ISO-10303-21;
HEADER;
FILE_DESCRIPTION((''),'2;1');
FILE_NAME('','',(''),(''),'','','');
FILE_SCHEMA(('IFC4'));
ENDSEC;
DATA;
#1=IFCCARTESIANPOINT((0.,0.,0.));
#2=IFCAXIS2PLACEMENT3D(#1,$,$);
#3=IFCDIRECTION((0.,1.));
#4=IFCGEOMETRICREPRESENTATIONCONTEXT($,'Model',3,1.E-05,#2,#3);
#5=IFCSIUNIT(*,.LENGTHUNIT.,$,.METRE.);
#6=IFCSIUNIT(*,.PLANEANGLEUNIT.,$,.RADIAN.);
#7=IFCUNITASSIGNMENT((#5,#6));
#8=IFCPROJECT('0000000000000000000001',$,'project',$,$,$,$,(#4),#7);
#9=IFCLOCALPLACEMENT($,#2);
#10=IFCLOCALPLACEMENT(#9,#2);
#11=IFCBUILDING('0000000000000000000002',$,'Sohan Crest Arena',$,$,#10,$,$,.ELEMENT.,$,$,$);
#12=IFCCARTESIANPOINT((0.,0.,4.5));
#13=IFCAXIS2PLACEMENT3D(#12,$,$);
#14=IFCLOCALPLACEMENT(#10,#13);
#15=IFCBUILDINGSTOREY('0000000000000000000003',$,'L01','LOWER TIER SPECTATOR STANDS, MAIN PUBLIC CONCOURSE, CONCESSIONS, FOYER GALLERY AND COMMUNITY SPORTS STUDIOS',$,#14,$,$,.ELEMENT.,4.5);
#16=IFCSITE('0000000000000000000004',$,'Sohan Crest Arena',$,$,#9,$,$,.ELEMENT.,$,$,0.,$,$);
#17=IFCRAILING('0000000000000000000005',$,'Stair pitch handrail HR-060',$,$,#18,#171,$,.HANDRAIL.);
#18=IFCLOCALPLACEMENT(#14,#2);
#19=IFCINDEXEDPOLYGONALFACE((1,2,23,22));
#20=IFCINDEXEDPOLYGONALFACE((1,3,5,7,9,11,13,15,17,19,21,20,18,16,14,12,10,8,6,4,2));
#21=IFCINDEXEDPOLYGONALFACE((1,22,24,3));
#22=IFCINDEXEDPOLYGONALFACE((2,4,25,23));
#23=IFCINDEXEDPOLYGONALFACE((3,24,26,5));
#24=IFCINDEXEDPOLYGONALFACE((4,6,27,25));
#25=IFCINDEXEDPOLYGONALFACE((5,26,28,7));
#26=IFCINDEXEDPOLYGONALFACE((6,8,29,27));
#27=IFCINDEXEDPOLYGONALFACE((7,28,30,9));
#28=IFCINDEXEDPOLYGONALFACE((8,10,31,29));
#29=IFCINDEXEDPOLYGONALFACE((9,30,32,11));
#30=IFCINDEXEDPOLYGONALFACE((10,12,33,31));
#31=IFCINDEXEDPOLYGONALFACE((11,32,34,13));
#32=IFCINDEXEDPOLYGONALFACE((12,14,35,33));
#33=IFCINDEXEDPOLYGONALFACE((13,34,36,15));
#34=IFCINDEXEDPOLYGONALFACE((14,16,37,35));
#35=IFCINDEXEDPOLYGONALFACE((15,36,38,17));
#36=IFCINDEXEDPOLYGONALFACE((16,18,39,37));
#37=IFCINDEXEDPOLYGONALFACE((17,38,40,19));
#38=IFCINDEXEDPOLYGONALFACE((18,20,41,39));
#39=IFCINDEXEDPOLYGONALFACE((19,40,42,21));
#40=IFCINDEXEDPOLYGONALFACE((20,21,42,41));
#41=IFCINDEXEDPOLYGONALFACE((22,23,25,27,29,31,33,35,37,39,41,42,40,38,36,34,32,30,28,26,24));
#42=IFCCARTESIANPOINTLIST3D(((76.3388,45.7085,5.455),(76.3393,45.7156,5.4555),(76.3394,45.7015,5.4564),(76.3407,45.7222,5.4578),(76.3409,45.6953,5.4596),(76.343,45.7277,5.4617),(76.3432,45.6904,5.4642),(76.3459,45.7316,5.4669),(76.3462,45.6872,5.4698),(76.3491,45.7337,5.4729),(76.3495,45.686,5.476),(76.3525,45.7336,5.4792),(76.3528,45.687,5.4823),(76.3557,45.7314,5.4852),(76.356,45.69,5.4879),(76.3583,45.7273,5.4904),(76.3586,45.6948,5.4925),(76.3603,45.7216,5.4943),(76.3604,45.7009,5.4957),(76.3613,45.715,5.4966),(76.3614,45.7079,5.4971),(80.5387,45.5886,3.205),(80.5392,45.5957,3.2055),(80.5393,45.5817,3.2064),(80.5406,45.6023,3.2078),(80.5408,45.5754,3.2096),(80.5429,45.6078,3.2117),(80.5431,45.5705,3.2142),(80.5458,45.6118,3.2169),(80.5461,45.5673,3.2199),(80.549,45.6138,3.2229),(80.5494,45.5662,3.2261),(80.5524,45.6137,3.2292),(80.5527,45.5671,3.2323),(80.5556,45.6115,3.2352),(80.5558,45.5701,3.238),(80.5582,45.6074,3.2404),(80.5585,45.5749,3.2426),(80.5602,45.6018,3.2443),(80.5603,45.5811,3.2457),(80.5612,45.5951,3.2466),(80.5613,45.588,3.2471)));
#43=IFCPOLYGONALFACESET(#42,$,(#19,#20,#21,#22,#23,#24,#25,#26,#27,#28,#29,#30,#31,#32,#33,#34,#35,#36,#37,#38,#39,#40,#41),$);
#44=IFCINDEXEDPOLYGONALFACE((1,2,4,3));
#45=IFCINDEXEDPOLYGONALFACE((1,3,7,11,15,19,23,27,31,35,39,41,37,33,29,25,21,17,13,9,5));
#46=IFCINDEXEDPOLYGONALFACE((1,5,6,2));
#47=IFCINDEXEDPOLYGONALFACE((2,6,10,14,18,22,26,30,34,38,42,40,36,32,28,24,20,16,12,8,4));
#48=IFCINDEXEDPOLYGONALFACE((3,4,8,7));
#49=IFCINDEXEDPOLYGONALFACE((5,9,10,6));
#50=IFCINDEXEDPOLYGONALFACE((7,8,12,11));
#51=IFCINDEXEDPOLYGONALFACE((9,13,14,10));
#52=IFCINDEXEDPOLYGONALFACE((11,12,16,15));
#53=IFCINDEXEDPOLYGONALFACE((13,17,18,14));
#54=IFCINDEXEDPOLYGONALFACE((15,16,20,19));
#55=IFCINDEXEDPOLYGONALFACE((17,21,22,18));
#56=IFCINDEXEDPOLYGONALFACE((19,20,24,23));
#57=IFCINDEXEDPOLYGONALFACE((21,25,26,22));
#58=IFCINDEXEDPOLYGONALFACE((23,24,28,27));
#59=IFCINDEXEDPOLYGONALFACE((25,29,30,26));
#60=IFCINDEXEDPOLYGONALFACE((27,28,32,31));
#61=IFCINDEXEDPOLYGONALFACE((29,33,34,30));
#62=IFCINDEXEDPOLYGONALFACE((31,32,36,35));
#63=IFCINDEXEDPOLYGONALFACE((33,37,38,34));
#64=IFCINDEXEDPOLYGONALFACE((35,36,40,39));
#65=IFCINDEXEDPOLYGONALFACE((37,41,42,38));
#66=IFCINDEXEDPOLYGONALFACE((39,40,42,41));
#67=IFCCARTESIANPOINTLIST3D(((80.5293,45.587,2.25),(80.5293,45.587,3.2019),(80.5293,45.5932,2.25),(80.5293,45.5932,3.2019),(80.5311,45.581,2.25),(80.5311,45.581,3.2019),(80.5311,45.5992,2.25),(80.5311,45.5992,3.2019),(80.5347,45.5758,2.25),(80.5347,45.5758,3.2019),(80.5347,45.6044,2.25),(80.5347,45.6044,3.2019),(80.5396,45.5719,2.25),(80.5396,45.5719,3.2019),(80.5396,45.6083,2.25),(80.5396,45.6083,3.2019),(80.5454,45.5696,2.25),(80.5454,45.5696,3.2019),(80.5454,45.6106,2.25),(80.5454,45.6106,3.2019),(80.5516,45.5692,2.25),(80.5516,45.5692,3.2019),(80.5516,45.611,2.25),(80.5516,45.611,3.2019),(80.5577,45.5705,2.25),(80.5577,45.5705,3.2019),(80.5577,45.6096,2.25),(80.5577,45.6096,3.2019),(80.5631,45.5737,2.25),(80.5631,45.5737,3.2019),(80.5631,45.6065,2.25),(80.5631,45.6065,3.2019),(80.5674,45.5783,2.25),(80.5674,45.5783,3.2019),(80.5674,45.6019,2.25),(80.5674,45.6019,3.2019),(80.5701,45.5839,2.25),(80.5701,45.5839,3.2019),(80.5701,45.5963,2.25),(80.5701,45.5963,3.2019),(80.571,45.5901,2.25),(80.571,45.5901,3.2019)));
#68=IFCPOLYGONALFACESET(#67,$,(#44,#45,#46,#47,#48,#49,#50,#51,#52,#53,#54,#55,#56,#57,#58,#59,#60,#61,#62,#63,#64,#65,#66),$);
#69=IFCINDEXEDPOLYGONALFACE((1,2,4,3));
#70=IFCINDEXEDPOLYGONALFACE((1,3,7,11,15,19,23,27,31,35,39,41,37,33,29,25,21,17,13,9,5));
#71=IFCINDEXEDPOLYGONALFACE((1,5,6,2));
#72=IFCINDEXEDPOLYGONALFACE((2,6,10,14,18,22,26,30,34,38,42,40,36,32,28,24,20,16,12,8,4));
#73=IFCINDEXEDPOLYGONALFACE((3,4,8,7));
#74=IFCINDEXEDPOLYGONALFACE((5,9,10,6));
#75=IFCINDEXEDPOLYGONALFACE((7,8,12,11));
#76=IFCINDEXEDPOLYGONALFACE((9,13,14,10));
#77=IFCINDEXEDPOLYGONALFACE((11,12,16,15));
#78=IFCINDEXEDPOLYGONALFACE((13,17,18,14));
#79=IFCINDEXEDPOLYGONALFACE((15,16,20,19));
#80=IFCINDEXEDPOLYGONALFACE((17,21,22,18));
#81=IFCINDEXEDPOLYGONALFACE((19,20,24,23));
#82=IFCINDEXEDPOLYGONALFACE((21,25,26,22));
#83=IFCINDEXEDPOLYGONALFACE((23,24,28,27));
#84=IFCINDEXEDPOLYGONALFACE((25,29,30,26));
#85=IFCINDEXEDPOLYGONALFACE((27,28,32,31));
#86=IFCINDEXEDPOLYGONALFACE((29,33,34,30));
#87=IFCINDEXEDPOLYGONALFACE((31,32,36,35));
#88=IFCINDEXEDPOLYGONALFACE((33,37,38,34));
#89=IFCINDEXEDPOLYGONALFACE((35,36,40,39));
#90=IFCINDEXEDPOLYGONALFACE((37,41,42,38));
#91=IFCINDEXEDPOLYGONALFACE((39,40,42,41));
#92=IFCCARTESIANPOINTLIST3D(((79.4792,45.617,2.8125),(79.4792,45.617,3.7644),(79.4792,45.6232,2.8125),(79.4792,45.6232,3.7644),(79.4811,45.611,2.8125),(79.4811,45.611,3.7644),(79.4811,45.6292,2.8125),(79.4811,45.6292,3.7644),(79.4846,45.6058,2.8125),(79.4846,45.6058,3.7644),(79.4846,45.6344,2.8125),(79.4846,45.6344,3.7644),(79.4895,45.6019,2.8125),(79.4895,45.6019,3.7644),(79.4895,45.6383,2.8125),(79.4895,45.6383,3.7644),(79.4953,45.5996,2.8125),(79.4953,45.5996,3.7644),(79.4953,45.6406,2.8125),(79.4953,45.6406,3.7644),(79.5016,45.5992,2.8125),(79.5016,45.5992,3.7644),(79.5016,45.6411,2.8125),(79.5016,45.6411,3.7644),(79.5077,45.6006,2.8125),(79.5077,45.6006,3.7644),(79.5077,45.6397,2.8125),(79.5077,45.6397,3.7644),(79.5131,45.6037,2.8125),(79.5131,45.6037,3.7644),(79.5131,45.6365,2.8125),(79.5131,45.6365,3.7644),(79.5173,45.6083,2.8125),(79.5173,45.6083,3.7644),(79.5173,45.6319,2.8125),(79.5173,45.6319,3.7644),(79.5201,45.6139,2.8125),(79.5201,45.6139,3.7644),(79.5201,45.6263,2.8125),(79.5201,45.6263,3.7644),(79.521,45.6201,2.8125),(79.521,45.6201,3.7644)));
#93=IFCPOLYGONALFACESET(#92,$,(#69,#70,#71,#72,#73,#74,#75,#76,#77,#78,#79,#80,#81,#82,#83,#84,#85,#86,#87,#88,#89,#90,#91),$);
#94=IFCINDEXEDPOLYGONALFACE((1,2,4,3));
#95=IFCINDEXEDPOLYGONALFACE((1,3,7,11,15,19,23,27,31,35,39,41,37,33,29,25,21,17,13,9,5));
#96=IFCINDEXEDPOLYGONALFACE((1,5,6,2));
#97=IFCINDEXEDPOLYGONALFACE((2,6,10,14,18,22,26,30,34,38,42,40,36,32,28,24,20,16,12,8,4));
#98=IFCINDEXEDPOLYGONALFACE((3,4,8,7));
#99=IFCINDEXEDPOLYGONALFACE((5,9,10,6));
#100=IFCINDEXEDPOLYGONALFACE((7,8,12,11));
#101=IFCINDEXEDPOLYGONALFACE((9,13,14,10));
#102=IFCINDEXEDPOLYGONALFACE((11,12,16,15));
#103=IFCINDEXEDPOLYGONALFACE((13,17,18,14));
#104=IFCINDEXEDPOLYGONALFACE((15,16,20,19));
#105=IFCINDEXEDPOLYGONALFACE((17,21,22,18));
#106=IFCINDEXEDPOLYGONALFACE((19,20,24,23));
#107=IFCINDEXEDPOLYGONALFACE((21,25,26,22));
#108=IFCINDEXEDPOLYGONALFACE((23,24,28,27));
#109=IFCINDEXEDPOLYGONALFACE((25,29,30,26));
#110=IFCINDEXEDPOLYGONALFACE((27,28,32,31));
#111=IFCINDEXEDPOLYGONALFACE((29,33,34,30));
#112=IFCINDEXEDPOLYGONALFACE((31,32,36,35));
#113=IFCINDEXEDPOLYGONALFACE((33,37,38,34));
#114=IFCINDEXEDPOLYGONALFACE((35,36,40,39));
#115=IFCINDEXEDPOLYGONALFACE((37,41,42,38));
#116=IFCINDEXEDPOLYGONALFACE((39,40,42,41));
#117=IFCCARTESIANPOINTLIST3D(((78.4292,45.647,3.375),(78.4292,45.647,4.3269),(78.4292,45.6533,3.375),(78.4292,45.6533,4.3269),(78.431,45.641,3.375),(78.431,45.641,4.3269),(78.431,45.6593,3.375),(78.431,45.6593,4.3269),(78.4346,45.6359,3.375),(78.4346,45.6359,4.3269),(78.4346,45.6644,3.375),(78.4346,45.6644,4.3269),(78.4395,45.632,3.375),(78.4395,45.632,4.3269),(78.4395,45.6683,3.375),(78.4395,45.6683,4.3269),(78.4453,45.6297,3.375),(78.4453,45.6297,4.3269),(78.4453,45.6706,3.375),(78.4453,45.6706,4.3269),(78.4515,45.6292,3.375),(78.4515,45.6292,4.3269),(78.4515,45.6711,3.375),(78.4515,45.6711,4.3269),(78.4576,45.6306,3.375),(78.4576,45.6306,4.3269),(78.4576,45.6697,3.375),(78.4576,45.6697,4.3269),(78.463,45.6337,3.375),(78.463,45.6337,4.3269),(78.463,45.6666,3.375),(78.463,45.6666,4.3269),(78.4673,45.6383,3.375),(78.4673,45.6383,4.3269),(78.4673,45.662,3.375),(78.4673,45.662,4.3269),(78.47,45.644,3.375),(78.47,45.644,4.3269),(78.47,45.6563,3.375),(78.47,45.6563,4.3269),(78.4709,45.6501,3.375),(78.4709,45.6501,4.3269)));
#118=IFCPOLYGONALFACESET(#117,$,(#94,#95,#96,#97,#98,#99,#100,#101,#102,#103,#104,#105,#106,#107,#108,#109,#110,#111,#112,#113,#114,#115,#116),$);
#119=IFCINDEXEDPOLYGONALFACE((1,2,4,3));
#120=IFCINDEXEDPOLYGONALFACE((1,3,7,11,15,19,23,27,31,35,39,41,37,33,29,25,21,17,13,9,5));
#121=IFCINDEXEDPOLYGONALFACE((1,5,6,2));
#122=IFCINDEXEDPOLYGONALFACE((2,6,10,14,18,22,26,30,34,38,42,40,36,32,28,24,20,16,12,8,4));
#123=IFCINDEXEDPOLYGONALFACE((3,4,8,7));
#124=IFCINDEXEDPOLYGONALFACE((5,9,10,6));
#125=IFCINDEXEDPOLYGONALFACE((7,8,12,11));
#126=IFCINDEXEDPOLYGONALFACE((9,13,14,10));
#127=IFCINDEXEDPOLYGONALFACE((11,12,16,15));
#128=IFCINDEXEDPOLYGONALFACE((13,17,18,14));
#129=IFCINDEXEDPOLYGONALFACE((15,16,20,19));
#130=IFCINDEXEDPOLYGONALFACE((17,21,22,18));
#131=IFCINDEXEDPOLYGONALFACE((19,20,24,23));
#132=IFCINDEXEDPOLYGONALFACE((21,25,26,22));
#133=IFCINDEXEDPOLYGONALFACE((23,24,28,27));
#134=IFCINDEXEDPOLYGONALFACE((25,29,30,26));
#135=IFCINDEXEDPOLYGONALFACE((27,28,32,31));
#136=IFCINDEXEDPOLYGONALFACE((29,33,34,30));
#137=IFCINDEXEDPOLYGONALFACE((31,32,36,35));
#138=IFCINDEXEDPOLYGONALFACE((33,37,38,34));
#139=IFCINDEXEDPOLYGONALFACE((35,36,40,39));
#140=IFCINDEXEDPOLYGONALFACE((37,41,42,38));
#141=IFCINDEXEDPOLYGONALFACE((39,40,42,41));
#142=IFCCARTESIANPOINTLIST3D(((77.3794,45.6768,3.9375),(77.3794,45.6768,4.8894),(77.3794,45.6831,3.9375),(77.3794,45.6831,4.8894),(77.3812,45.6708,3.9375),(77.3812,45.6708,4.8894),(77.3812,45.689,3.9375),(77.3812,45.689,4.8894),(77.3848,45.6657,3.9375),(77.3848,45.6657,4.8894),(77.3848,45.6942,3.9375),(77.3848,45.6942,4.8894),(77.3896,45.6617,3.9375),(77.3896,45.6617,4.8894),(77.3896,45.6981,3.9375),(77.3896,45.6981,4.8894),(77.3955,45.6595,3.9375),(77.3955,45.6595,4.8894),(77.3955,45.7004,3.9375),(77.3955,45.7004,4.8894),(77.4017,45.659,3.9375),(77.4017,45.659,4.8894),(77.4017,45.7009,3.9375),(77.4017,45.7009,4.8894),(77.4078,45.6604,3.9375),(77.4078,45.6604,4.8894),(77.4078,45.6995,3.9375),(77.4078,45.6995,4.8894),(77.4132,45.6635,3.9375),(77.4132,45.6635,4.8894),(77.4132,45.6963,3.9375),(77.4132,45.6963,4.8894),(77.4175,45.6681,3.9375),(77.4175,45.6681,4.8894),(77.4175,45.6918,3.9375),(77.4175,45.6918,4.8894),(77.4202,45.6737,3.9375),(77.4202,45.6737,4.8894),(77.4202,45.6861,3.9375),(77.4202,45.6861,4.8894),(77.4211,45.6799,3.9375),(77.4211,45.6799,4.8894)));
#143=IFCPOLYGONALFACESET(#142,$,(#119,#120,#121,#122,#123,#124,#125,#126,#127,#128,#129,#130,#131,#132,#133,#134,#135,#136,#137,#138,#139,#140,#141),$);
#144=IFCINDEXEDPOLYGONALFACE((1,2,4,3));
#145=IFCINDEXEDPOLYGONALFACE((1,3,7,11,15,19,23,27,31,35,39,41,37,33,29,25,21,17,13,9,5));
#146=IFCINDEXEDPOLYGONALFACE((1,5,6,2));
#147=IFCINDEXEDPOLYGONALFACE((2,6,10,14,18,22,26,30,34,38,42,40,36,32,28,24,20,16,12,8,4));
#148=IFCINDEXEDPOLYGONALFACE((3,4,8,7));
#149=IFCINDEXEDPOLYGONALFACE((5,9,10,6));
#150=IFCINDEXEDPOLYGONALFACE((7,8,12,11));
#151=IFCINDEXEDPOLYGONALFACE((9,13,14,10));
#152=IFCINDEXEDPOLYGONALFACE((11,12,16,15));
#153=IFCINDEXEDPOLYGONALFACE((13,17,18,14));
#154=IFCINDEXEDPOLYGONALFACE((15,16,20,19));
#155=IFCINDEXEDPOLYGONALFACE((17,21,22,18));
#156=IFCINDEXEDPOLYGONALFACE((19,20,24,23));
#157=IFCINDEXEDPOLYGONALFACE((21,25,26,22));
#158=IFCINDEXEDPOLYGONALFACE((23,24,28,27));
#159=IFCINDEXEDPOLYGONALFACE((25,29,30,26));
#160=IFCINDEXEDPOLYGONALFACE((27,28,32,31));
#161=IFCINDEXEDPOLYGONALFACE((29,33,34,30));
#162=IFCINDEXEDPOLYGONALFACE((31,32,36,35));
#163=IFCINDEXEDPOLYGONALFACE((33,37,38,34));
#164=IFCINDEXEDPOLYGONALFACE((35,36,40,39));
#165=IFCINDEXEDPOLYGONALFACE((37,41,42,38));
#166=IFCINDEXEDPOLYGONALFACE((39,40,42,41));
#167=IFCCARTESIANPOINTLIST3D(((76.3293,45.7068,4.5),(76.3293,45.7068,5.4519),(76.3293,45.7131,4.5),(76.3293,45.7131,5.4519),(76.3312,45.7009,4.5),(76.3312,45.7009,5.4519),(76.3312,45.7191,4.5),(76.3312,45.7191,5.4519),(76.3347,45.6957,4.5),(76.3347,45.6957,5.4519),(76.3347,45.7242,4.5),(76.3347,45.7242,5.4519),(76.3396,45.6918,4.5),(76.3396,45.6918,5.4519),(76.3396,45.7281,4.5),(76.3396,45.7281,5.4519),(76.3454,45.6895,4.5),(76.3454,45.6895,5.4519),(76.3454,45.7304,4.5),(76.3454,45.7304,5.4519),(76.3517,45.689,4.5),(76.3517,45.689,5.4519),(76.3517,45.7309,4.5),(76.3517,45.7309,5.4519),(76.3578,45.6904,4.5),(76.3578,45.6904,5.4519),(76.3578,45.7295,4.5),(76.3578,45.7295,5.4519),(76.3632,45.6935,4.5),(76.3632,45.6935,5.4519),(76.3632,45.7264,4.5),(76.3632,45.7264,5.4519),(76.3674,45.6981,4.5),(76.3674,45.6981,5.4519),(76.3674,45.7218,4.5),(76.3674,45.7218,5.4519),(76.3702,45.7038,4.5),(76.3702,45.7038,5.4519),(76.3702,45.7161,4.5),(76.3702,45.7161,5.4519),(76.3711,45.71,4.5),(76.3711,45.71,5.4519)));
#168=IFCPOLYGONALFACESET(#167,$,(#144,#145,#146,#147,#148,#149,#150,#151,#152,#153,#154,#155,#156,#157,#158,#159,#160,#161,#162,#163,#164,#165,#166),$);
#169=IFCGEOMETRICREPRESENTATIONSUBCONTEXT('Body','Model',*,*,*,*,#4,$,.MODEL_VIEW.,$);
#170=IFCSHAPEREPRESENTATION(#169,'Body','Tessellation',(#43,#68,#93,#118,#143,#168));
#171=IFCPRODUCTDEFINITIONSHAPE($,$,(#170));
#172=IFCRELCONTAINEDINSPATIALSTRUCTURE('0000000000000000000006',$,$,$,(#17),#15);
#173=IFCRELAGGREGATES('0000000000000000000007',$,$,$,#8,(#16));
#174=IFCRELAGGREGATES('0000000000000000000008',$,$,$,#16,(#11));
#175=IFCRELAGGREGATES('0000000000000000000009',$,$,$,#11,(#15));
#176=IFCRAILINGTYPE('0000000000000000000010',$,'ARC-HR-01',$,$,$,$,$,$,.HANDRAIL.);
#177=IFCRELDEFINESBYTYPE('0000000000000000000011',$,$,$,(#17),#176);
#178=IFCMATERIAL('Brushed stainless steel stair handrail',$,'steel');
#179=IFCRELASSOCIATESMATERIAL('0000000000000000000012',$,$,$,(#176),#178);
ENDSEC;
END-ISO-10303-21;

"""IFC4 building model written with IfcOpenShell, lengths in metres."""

from ifc_helpers import new_model, si_unit, direction, frame, origin, origin_2d, place, context, subcontext, project, spatial, circle, extrude, material, type_object, element, save


model = new_model("IFC4")

# Units and contexts
model_context = context("Model", 3, precision=1e-05, world=origin(), true_north=direction((0.0, 1.0)))
body_context = subcontext(model_context, "Body", "Model", "MODEL_VIEW")
ifc_project = project(units=[si_unit("LENGTHUNIT", "METRE"), si_unit("PLANEANGLEUNIT", "RADIAN")], contexts=[model_context])

# Site, building, storey
site_placement = place(None, origin())
site = spatial("IfcSite", under=ifc_project, at=site_placement, Name="Sohan Crest Arena", CompositionType="ELEMENT", RefElevation=0.0)
building_placement = place(site_placement, origin())
building = spatial("IfcBuilding", under=site, at=building_placement, Name="Sohan Crest Arena", CompositionType="ELEMENT")
storey_placement = place(building_placement, frame((0.0, 0.0, 4.5)))
storey = spatial("IfcBuildingStorey", under=building, at=storey_placement, Name="L01", Description="LOWER TIER SPECTATOR STANDS, MAIN PUBLIC CONCOURSE, CONCESSIONS, FOYER GALLERY AND COMMUNITY SPORTS STUDIOS", CompositionType="ELEMENT", Elevation=4.5)

# Railing
ifc_material_1 = material(Name="Brushed stainless steel stair handrail", Category="steel")
railing_type = type_object("IfcRailingType", Name="ARC-HR-01", PredefinedType="HANDRAIL", material=ifc_material_1)
railing_placement = place(storey_placement, frame((80.55, 45.5901, 2.25)))
element("IfcRailing", 1, at=railing_placement, inside=storey, type_object=railing_type, Name="Stair pitch handrail HR-060", PredefinedType="HANDRAIL", context=body_context, shape_type="SweptSolid", body=[
    extrude(circle(Radius=0.0239, at=origin_2d()), frame((0.0, 0.0, 0.9761), z_axis=(-0.881199, 0.025151, 0.472076), x_axis=(-0.02853, -0.999593, 0.0)), (0.0, 0.0, 1.0), 4.7661),
    extrude(circle(Radius=0.021, at=origin_2d()), origin(), (0.0, 0.0, 1.0), 0.9519),
    extrude(circle(Radius=0.021, at=origin_2d()), frame((-1.05, 0.03, 0.5625)), (0.0, 0.0, 1.0), 0.9519),
    extrude(circle(Radius=0.021, at=origin_2d()), frame((-2.1001, 0.0601, 1.125)), (0.0, 0.0, 1.0), 0.9519),
    extrude(circle(Radius=0.021, at=origin_2d()), frame((-3.1499, 0.0898, 1.6875)), (0.0, 0.0, 1.0), 0.9519),
    extrude(circle(Radius=0.021, at=origin_2d()), frame((-4.2, 0.1199, 2.25)), (0.0, 0.0, 1.0), 0.9519),
])

save(model, "model.ifc")
